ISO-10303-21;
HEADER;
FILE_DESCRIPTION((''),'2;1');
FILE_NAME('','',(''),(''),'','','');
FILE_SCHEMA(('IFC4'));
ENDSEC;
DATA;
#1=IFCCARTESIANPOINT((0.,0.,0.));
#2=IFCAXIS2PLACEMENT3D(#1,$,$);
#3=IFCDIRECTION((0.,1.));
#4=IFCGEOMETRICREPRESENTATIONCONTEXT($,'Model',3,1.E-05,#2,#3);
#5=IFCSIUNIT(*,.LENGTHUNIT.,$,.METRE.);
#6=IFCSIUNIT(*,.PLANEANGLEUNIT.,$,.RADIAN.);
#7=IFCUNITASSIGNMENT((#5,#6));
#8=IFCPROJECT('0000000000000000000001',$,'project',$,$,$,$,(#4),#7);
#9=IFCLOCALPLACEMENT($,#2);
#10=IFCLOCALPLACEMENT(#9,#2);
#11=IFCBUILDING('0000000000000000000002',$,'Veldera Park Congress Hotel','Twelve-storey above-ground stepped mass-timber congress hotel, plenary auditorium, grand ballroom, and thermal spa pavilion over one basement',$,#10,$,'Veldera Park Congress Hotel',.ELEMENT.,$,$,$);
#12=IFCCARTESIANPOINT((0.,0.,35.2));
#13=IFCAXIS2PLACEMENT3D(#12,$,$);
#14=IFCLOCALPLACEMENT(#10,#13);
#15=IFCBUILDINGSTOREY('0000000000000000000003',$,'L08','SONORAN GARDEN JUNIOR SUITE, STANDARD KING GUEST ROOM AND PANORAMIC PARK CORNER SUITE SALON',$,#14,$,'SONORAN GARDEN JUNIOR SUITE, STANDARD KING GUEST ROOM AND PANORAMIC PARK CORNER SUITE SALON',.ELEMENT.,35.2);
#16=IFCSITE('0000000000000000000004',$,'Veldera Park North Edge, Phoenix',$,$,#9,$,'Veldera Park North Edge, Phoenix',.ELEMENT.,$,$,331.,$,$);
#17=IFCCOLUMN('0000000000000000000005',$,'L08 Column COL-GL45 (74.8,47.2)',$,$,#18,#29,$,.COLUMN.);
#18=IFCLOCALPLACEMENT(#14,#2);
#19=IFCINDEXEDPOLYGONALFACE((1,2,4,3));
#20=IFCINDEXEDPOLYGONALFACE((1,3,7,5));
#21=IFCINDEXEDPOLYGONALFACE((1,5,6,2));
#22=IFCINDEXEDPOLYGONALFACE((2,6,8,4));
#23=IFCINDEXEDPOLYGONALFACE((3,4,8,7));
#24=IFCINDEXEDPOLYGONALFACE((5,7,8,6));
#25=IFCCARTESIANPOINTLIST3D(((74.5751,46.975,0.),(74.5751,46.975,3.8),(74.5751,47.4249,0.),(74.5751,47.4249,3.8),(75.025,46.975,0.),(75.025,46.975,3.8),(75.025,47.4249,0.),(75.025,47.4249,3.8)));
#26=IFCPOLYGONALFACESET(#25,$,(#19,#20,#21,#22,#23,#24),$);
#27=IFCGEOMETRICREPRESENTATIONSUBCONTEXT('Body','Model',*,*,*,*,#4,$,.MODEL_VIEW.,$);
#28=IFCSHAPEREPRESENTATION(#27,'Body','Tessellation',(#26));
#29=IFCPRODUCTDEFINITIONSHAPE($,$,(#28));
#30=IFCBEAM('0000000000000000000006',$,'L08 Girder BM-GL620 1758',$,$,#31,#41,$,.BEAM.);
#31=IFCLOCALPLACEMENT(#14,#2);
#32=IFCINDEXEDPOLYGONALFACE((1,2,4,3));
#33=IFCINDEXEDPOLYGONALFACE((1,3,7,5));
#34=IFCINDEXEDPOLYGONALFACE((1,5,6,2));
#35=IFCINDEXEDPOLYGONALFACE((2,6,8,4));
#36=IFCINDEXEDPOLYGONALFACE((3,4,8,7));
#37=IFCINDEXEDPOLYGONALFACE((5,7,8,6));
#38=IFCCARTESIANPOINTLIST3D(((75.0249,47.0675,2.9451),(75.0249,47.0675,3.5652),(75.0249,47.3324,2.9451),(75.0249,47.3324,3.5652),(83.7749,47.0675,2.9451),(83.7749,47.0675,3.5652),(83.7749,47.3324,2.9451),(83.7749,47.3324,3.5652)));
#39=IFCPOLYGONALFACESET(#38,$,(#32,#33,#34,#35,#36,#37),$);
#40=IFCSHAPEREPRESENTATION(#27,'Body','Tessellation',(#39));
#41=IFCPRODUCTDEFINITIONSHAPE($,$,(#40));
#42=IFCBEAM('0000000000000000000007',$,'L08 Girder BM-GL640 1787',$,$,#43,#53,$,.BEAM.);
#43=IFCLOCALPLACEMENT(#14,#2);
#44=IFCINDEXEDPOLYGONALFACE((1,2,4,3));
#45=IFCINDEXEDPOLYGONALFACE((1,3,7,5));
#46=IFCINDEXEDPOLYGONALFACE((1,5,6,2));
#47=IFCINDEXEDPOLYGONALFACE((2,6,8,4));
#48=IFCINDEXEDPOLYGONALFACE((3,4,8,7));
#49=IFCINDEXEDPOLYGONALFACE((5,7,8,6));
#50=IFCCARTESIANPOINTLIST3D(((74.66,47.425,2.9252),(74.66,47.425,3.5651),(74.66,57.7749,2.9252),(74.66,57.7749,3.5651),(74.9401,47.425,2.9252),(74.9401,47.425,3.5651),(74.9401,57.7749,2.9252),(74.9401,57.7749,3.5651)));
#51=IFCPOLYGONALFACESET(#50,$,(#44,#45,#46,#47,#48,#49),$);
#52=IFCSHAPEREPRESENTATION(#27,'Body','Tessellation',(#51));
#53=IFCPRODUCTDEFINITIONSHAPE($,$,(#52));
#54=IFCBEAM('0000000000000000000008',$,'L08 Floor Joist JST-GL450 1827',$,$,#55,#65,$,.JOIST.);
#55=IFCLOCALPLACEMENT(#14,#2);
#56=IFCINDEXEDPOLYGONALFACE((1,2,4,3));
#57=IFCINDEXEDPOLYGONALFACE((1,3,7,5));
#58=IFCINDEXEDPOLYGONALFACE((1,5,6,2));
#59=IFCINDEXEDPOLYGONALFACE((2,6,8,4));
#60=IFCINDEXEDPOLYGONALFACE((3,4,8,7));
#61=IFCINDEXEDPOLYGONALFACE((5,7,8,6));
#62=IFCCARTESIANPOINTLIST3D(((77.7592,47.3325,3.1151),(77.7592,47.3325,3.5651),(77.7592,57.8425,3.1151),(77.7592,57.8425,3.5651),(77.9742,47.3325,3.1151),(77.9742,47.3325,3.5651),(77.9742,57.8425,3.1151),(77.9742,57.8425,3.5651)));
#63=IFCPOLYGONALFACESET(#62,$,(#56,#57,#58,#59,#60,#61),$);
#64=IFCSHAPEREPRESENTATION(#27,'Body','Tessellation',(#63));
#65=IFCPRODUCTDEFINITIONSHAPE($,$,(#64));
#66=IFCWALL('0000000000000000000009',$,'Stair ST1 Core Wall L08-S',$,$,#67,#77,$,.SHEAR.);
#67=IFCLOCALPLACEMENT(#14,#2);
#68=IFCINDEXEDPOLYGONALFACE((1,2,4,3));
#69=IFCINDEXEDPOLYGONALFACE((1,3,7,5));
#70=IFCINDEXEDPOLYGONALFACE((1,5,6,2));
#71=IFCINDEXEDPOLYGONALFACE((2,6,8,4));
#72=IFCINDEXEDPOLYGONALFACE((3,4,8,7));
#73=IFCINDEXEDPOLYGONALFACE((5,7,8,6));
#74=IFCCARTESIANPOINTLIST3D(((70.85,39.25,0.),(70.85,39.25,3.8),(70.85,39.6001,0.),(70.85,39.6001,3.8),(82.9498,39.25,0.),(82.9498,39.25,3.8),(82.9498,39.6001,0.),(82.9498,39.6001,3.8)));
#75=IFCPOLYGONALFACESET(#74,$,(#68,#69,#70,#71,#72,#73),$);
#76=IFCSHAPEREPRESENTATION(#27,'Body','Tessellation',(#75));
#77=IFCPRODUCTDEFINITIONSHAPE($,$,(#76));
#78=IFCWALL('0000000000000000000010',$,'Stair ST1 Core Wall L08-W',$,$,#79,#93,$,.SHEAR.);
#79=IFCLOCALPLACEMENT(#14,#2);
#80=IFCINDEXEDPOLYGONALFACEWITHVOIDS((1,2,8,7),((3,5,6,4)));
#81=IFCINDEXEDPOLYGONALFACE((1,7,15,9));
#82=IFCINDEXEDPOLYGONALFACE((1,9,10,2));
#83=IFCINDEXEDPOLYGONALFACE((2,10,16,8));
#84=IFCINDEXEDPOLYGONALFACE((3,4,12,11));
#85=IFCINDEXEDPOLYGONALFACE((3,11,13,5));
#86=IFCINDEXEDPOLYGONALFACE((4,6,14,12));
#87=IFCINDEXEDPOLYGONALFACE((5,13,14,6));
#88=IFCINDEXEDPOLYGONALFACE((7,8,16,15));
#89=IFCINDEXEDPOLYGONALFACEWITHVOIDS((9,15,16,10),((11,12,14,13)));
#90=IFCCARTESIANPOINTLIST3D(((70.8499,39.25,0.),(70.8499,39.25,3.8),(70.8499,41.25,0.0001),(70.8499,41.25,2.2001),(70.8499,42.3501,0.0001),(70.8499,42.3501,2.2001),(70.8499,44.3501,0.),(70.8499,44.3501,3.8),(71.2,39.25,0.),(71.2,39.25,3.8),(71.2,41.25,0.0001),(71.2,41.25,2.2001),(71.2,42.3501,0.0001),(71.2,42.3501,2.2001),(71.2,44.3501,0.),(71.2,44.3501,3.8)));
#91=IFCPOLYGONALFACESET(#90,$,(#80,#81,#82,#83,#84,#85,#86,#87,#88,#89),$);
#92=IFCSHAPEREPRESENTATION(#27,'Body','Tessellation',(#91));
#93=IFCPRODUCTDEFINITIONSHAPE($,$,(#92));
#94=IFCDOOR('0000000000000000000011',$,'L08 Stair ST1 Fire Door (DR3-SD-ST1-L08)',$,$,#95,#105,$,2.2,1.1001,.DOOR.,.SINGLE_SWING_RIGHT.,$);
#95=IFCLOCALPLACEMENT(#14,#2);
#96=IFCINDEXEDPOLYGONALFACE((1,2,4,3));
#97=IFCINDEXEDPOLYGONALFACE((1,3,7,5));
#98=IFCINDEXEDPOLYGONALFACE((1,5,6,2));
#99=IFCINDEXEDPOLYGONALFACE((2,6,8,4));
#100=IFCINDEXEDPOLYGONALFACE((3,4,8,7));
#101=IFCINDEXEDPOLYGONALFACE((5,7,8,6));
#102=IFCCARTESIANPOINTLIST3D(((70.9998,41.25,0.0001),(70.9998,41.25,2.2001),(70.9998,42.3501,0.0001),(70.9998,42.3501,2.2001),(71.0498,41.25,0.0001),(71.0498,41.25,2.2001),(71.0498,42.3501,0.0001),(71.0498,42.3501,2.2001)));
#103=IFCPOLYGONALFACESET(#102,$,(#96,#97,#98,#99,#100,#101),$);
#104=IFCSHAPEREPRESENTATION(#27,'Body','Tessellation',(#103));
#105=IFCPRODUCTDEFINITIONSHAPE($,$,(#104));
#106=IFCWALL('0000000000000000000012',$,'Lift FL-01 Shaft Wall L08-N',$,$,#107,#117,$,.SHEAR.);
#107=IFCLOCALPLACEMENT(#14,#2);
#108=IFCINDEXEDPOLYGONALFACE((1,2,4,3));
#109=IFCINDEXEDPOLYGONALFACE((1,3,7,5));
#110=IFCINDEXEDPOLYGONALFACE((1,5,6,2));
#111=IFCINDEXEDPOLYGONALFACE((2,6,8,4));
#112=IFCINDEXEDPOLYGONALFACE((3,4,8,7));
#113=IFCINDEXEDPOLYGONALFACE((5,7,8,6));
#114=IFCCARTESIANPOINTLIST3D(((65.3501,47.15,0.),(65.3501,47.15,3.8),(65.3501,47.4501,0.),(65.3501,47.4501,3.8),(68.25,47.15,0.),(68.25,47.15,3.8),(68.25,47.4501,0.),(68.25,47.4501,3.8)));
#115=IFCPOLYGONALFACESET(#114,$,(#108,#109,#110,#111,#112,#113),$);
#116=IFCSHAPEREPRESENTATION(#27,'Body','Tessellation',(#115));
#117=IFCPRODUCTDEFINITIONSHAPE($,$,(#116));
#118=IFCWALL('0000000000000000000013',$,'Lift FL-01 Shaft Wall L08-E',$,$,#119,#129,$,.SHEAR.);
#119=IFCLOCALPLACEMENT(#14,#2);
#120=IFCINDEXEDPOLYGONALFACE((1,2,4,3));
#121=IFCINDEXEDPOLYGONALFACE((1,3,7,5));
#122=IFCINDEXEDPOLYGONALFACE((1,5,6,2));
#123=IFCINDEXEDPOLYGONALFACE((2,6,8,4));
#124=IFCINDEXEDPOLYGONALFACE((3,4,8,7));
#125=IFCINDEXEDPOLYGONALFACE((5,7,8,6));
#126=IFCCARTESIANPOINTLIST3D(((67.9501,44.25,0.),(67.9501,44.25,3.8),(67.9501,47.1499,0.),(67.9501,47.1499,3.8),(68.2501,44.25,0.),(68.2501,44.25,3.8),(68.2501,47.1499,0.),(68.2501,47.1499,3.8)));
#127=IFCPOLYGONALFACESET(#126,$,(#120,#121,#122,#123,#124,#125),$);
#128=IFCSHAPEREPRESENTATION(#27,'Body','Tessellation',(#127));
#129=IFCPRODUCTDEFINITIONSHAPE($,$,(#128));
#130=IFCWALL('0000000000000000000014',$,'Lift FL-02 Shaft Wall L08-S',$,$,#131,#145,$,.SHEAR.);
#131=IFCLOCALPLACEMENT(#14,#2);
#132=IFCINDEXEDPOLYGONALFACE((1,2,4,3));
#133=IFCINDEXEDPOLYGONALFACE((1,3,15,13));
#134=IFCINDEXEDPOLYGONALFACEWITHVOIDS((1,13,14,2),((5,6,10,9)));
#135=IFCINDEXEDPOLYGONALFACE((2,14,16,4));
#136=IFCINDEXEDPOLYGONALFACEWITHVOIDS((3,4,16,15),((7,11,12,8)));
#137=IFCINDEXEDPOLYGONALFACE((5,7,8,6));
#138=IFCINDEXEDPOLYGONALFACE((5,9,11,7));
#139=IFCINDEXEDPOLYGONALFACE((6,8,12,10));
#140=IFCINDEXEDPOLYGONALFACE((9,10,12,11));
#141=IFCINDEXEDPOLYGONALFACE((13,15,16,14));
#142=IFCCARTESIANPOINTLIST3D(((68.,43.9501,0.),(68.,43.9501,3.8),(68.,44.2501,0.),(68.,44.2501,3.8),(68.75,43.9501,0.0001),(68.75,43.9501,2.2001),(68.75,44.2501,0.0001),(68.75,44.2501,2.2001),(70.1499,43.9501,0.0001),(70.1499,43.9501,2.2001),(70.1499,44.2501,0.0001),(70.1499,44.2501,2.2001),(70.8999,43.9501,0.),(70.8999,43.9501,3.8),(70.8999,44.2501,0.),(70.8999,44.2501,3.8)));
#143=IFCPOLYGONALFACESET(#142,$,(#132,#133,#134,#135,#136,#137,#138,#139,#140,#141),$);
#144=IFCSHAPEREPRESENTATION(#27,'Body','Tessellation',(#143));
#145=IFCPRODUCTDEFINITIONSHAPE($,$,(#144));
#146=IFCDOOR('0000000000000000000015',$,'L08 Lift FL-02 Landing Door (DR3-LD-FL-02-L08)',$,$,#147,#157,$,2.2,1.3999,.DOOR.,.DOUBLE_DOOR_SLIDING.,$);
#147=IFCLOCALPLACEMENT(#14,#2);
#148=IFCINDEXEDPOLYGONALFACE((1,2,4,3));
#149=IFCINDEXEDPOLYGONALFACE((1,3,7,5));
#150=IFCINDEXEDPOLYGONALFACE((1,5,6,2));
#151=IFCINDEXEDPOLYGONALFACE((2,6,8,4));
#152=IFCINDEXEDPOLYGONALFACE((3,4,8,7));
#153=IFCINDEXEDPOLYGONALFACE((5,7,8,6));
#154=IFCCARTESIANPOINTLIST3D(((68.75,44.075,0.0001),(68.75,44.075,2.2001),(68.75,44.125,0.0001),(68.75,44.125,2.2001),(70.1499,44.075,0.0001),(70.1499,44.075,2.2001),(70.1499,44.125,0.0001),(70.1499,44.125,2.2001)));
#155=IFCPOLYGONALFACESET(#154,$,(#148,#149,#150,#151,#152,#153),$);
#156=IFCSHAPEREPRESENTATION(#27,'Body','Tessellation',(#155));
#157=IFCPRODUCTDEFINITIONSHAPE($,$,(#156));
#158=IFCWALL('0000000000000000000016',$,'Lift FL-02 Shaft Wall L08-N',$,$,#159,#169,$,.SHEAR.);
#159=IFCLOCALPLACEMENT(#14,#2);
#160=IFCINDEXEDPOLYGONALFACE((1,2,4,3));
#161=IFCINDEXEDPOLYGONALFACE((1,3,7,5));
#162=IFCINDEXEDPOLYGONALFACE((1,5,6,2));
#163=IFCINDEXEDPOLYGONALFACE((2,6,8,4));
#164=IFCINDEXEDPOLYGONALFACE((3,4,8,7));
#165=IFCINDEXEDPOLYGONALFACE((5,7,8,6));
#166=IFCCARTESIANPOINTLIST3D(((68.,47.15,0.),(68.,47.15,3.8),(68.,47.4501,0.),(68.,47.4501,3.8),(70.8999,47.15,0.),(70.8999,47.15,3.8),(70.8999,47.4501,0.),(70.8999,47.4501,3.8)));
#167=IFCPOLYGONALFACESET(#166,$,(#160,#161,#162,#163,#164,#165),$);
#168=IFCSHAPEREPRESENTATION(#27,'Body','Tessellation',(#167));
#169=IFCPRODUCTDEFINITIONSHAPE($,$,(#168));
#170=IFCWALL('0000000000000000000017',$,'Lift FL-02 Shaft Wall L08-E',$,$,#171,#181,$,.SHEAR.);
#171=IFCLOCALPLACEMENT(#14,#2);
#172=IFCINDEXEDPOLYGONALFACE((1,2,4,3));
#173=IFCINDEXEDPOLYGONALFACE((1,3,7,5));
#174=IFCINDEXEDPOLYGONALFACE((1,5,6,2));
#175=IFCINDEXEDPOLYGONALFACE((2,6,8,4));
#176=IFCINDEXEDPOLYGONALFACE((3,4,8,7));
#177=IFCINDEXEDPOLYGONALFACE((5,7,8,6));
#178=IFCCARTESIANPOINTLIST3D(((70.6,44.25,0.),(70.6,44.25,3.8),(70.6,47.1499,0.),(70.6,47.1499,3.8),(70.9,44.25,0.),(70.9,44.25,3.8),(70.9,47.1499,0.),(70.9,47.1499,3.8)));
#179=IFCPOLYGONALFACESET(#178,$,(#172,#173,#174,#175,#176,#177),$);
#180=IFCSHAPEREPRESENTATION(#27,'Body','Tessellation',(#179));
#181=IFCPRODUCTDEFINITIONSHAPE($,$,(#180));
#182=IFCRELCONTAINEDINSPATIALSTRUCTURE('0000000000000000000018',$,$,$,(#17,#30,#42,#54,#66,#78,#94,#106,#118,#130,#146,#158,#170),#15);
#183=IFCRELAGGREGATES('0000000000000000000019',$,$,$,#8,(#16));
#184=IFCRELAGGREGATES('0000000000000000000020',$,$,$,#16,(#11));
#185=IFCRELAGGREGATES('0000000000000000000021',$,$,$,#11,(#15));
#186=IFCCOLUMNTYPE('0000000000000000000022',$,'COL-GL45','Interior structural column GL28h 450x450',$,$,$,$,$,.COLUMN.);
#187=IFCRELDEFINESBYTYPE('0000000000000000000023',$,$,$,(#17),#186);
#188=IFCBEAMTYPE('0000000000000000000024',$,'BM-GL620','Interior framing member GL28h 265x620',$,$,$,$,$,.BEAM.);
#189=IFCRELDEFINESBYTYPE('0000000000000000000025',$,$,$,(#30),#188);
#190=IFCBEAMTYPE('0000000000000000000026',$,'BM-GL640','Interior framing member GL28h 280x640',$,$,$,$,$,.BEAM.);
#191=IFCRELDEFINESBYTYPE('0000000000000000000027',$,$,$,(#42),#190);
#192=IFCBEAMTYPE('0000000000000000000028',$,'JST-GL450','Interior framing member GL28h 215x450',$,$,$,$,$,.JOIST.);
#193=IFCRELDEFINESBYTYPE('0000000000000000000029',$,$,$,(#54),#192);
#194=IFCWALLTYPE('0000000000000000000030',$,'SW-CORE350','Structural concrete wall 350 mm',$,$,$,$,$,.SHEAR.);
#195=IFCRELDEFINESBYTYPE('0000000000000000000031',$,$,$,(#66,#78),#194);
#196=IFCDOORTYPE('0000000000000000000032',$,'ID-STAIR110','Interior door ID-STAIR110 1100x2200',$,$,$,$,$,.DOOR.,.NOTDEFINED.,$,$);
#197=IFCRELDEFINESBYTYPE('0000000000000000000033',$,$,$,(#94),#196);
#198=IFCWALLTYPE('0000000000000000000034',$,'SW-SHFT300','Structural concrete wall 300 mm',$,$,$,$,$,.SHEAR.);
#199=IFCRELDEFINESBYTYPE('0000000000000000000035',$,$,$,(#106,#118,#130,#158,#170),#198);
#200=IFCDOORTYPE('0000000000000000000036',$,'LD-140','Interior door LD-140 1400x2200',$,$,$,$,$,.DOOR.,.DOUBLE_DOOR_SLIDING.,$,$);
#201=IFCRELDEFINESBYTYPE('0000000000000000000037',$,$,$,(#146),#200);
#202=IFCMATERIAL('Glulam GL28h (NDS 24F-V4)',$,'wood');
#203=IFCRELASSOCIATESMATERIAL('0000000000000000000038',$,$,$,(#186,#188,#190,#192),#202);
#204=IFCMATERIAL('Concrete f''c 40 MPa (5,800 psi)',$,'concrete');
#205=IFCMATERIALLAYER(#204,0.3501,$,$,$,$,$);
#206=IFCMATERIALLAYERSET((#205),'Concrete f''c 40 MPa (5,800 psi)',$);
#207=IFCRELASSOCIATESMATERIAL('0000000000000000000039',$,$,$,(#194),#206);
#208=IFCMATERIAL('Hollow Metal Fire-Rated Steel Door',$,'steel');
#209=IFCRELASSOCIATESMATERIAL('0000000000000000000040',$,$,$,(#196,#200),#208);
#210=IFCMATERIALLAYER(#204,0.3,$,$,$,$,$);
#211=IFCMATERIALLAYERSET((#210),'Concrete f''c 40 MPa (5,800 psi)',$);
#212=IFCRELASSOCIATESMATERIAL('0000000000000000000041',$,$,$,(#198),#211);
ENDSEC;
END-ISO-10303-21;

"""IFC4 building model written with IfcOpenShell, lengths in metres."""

from ifc_helpers import new_model, si_unit, direction, frame, frame_2d, origin, origin_2d, place, context, subcontext, project, spatial, rectangle, extrude, material, layer, layer_set, material_profile, profile_set, type_object, element, fill, save


model = new_model("IFC4")

# Units and contexts
model_context = context("Model", 3, precision=1e-05, world=origin(), true_north=direction((0.0, 1.0)))
body_context = subcontext(model_context, "Body", "Model", "MODEL_VIEW")
ifc_project = project(units=[si_unit("LENGTHUNIT", "METRE"), si_unit("PLANEANGLEUNIT", "RADIAN")], contexts=[model_context])

# Site, building, storey
site_placement = place(None, origin())
site = spatial("IfcSite", under=ifc_project, at=site_placement, Name="Veldera Park North Edge, Phoenix", LongName="Veldera Park North Edge, Phoenix", CompositionType="ELEMENT", RefElevation=331.0)
building_placement = place(site_placement, origin())
building = spatial("IfcBuilding", under=site, at=building_placement, Name="Veldera Park Congress Hotel", Description="Twelve-storey above-ground stepped mass-timber congress hotel, plenary auditorium, grand ballroom, and thermal spa pavilion over one basement", LongName="Veldera Park Congress Hotel", CompositionType="ELEMENT")
storey_placement = place(building_placement, frame((0.0, 0.0, 35.2)))
storey = spatial("IfcBuildingStorey", under=building, at=storey_placement, Name="L08", Description="SONORAN GARDEN JUNIOR SUITE, STANDARD KING GUEST ROOM AND PANORAMIC PARK CORNER SUITE SALON", LongName="SONORAN GARDEN JUNIOR SUITE, STANDARD KING GUEST ROOM AND PANORAMIC PARK CORNER SUITE SALON", CompositionType="ELEMENT", Elevation=35.2)

# Column
ifc_material_1 = material(Name="Glulam GL28h (NDS 24F-V4)", Category="wood")
ifc_material_profile_1 = material_profile(ifc_material_1, rectangle(XDim=0.45, YDim=0.45, at=origin_2d()), Name="GL28h 450x450")
ifc_profile_set_1 = profile_set([ifc_material_profile_1], Name="Glulam GL28h (NDS 24F-V4)")
column_type = type_object("IfcColumnType", Name="COL-GL45", Description="Interior structural column GL28h 450x450", PredefinedType="COLUMN", material=ifc_profile_set_1)
column_placement = place(storey_placement, frame((74.8, 47.2, 0.0), z_axis=(0.0, 0.0, 1.0), x_axis=(1.0, 0.0, 0.0)))
element("IfcColumn", 1, at=column_placement, inside=storey, type_object=column_type, Name="L08 Column COL-GL45 (74.8,47.2)", PredefinedType="COLUMN", context=body_context, shape_type="SweptSolid", body=[
    extrude(rectangle(XDim=0.45, YDim=0.45, at=origin_2d()), origin(), (0.0, 0.0, 1.0), 3.8),
])

# Beams
ifc_material_profile_2 = material_profile(ifc_material_1, rectangle(XDim=0.2649, YDim=0.6201, at=origin_2d()), Name="GL28h 265x620")
ifc_profile_set_2 = profile_set([ifc_material_profile_2], Name="Glulam GL28h (NDS 24F-V4)")
beam_type_1 = type_object("IfcBeamType", Name="BM-GL620", Description="Interior framing member GL28h 265x620", PredefinedType="BEAM", material=ifc_profile_set_2)
beam_1_placement = place(storey_placement, frame((75.0249, 47.2, 3.2551), z_axis=(1.0, 0.0, 0.0), x_axis=(0.0, 1.0, 0.0)))
element("IfcBeam", 2, at=beam_1_placement, inside=storey, type_object=beam_type_1, Name="L08 Girder BM-GL620 1758", PredefinedType="BEAM", context=body_context, shape_type="SweptSolid", body=[
    extrude(rectangle(XDim=0.2649, YDim=0.6201, at=origin_2d()), origin(), (0.0, 0.0, 1.0), 8.75),
])
ifc_material_profile_3 = material_profile(ifc_material_1, rectangle(XDim=0.28, YDim=0.6399, at=origin_2d()), Name="GL28h 280x640")
ifc_profile_set_3 = profile_set([ifc_material_profile_3], Name="Glulam GL28h (NDS 24F-V4)")
beam_type_2 = type_object("IfcBeamType", Name="BM-GL640", Description="Interior framing member GL28h 280x640", PredefinedType="BEAM", material=ifc_profile_set_3)
beam_2_placement = place(storey_placement, frame((74.8, 47.425, 3.2451), z_axis=(0.0, 1.0, 0.0), x_axis=(-1.0, 0.0, 0.0)))
element("IfcBeam", 3, at=beam_2_placement, inside=storey, type_object=beam_type_2, Name="L08 Girder BM-GL640 1787", PredefinedType="BEAM", context=body_context, shape_type="SweptSolid", body=[
    extrude(rectangle(XDim=0.28, YDim=0.6399, at=origin_2d()), origin(), (0.0, 0.0, 1.0), 10.3499),
])
ifc_material_profile_4 = material_profile(ifc_material_1, rectangle(XDim=0.2151, YDim=0.45, at=origin_2d()), Name="GL28h 215x450")
ifc_profile_set_4 = profile_set([ifc_material_profile_4], Name="Glulam GL28h (NDS 24F-V4)")
beam_type_3 = type_object("IfcBeamType", Name="JST-GL450", Description="Interior framing member GL28h 215x450", PredefinedType="JOIST", material=ifc_profile_set_4)
beam_3_placement = place(storey_placement, frame((77.8667, 47.3325, 3.3401), z_axis=(0.0, 1.0, 0.0), x_axis=(-1.0, 0.0, 0.0)))
element("IfcBeam", 4, at=beam_3_placement, inside=storey, type_object=beam_type_3, Name="L08 Floor Joist JST-GL450 1827", PredefinedType="JOIST", context=body_context, shape_type="SweptSolid", body=[
    extrude(rectangle(XDim=0.2151, YDim=0.45, at=origin_2d()), origin(), (0.0, 0.0, 1.0), 10.51),
])

# Wall
ifc_material_2 = material(Name="Concrete f'c 40 MPa (5,800 psi)", Category="concrete")
ifc_layer_1 = layer(ifc_material_2, 0.3501)
ifc_layer_set_1 = layer_set([ifc_layer_1], Name="Concrete f'c 40 MPa (5,800 psi)")
wall_type_1 = type_object("IfcWallType", Name="SW-CORE350", Description="Structural concrete wall 350 mm", PredefinedType="SHEAR", material=ifc_layer_set_1)
wall_1_placement = place(storey_placement, frame((70.8501, 39.425, 0.0), z_axis=(0.0, 0.0, 1.0), x_axis=(1.0, 0.0, 0.0)))
element("IfcWall", 5, at=wall_1_placement, inside=storey, type_object=wall_type_1, Name="Stair ST1 Core Wall L08-S", PredefinedType="SHEAR", context=body_context, shape_type="SweptSolid", body=[
    extrude(rectangle(XDim=12.0999, YDim=0.3501, at=frame_2d((6.0498, 0.0))), origin(), (0.0, 0.0, 1.0), 3.8),
])

# Wall, opening, door
wall_2_placement = place(storey_placement, frame((71.0249, 44.3501, 0.0), z_axis=(0.0, 0.0, 1.0), x_axis=(0.0, -1.0, 0.0)))
wall_2 = element("IfcWall", 6, at=wall_2_placement, inside=storey, type_object=wall_type_1, Name="Stair ST1 Core Wall L08-W", PredefinedType="SHEAR", context=body_context, shape_type="SweptSolid", body=[
    extrude(rectangle(XDim=5.1001, YDim=0.3501, at=frame_2d((2.55, 0.0))), origin(), (0.0, 0.0, 1.0), 3.8),
])
opening_1_placement = place(wall_2_placement, frame((2.0, 0.0, 0.0)))
opening_1 = element("IfcOpeningElement", 7, at=opening_1_placement, cuts=wall_2, PredefinedType="OPENING", context=body_context, shape_type="SweptSolid", body=[
    extrude(rectangle(XDim=1.1001, YDim=2.2, at=frame_2d((0.55, 1.1001))), frame((0.0, 0.187, 0.0), z_axis=(0.0, -1.0, 0.0), x_axis=(1.0, 0.0, 0.0)), (0.0, 0.0, 1.0), 0.374),
])
ifc_material_3 = material(Name="Hollow Metal Fire-Rated Steel Door", Category="steel")
door_type_1 = type_object("IfcDoorType", Name="ID-STAIR110", Description="Interior door ID-STAIR110 1100x2200", OperationType="NOTDEFINED", PredefinedType="DOOR", material=ifc_material_3)
door_1_placement = place(opening_1_placement, origin())
door_1 = element("IfcDoor", 8, at=door_1_placement, inside=storey, type_object=door_type_1, Name="L08 Stair ST1 Fire Door (DR3-SD-ST1-L08)", OperationType="SINGLE_SWING_RIGHT", OverallHeight=2.2, OverallWidth=1.1001, PredefinedType="DOOR", context=body_context, shape_type="SweptSolid", body=[
    extrude(rectangle(XDim=1.1001, YDim=2.2, at=frame_2d((0.55, 1.1001))), frame((0.0, 0.0249, 0.0), z_axis=(0.0, -1.0, 0.0), x_axis=(1.0, 0.0, 0.0)), (0.0, 0.0, 1.0), 0.05),
])
fill(opening_1, door_1)

# Walls
ifc_layer_2 = layer(ifc_material_2, 0.3)
ifc_layer_set_2 = layer_set([ifc_layer_2], Name="Concrete f'c 40 MPa (5,800 psi)")
wall_type_2 = type_object("IfcWallType", Name="SW-SHFT300", Description="Structural concrete wall 300 mm", PredefinedType="SHEAR", material=ifc_layer_set_2)
for number, where, z_axis, x_axis, name in (
    (9, (68.25, 47.3, 0.0), (0.0, 0.0, 1.0), (-1.0, 0.0, 0.0), "Lift FL-01 Shaft Wall L08-N"),
    (10, (68.1001, 44.25, 0.0), (0.0, 0.0, 1.0), (0.0, 1.0, 0.0), "Lift FL-01 Shaft Wall L08-E"),
):
    element("IfcWall", number, at=place(storey_placement, frame(where, z_axis=z_axis, x_axis=x_axis)), inside=storey, type_object=wall_type_2, Name=name, PredefinedType="SHEAR", context=body_context, shape_type="SweptSolid", body=[
        extrude(rectangle(XDim=2.8999, YDim=0.3, at=frame_2d((1.45, 0.0))), origin(), (0.0, 0.0, 1.0), 3.8),
    ])

# Wall, opening, door
wall_3_placement = place(storey_placement, frame((68.0, 44.1001, 0.0), z_axis=(0.0, 0.0, 1.0), x_axis=(1.0, 0.0, 0.0)))
wall_3 = element("IfcWall", 11, at=wall_3_placement, inside=storey, type_object=wall_type_2, Name="Lift FL-02 Shaft Wall L08-S", PredefinedType="SHEAR", context=body_context, shape_type="SweptSolid", body=[
    extrude(rectangle(XDim=2.8999, YDim=0.3, at=frame_2d((1.45, 0.0))), origin(), (0.0, 0.0, 1.0), 3.8),
])
opening_2_placement = place(wall_3_placement, frame((0.75, 0.0, 0.0)))
opening_2 = element("IfcOpeningElement", 12, at=opening_2_placement, cuts=wall_3, PredefinedType="OPENING", context=body_context, shape_type="SweptSolid", body=[
    extrude(rectangle(XDim=1.3999, YDim=2.2, at=frame_2d((0.7, 1.1001))), frame((0.0, 0.1621, 0.0), z_axis=(0.0, -1.0, 0.0), x_axis=(1.0, 0.0, 0.0)), (0.0, 0.0, 1.0), 0.324),
])
door_type_2 = type_object("IfcDoorType", Name="LD-140", Description="Interior door LD-140 1400x2200", OperationType="DOUBLE_DOOR_SLIDING", PredefinedType="DOOR", material=ifc_material_3)
door_2_placement = place(opening_2_placement, origin())
door_2 = element("IfcDoor", 13, at=door_2_placement, inside=storey, type_object=door_type_2, Name="L08 Lift FL-02 Landing Door (DR3-LD-FL-02-L08)", OperationType="DOUBLE_DOOR_SLIDING", OverallHeight=2.2, OverallWidth=1.3999, PredefinedType="DOOR", context=body_context, shape_type="SweptSolid", body=[
    extrude(rectangle(XDim=1.3999, YDim=2.2, at=frame_2d((0.7, 1.1001))), frame((0.0, 0.0249, 0.0), z_axis=(0.0, -1.0, 0.0), x_axis=(1.0, 0.0, 0.0)), (0.0, 0.0, 1.0), 0.05),
])
fill(opening_2, door_2)

# Walls
for number, where, z_axis, x_axis, name in (
    (14, (70.8999, 47.3, 0.0), (0.0, 0.0, 1.0), (-1.0, 0.0, 0.0), "Lift FL-02 Shaft Wall L08-N"),
    (15, (70.75, 44.25, 0.0), (0.0, 0.0, 1.0), (0.0, 1.0, 0.0), "Lift FL-02 Shaft Wall L08-E"),
):
    element("IfcWall", number, at=place(storey_placement, frame(where, z_axis=z_axis, x_axis=x_axis)), inside=storey, type_object=wall_type_2, Name=name, PredefinedType="SHEAR", context=body_context, shape_type="SweptSolid", body=[
        extrude(rectangle(XDim=2.8999, YDim=0.3, at=frame_2d((1.45, 0.0))), origin(), (0.0, 0.0, 1.0), 3.8),
    ])

save(model, "model.ifc")
